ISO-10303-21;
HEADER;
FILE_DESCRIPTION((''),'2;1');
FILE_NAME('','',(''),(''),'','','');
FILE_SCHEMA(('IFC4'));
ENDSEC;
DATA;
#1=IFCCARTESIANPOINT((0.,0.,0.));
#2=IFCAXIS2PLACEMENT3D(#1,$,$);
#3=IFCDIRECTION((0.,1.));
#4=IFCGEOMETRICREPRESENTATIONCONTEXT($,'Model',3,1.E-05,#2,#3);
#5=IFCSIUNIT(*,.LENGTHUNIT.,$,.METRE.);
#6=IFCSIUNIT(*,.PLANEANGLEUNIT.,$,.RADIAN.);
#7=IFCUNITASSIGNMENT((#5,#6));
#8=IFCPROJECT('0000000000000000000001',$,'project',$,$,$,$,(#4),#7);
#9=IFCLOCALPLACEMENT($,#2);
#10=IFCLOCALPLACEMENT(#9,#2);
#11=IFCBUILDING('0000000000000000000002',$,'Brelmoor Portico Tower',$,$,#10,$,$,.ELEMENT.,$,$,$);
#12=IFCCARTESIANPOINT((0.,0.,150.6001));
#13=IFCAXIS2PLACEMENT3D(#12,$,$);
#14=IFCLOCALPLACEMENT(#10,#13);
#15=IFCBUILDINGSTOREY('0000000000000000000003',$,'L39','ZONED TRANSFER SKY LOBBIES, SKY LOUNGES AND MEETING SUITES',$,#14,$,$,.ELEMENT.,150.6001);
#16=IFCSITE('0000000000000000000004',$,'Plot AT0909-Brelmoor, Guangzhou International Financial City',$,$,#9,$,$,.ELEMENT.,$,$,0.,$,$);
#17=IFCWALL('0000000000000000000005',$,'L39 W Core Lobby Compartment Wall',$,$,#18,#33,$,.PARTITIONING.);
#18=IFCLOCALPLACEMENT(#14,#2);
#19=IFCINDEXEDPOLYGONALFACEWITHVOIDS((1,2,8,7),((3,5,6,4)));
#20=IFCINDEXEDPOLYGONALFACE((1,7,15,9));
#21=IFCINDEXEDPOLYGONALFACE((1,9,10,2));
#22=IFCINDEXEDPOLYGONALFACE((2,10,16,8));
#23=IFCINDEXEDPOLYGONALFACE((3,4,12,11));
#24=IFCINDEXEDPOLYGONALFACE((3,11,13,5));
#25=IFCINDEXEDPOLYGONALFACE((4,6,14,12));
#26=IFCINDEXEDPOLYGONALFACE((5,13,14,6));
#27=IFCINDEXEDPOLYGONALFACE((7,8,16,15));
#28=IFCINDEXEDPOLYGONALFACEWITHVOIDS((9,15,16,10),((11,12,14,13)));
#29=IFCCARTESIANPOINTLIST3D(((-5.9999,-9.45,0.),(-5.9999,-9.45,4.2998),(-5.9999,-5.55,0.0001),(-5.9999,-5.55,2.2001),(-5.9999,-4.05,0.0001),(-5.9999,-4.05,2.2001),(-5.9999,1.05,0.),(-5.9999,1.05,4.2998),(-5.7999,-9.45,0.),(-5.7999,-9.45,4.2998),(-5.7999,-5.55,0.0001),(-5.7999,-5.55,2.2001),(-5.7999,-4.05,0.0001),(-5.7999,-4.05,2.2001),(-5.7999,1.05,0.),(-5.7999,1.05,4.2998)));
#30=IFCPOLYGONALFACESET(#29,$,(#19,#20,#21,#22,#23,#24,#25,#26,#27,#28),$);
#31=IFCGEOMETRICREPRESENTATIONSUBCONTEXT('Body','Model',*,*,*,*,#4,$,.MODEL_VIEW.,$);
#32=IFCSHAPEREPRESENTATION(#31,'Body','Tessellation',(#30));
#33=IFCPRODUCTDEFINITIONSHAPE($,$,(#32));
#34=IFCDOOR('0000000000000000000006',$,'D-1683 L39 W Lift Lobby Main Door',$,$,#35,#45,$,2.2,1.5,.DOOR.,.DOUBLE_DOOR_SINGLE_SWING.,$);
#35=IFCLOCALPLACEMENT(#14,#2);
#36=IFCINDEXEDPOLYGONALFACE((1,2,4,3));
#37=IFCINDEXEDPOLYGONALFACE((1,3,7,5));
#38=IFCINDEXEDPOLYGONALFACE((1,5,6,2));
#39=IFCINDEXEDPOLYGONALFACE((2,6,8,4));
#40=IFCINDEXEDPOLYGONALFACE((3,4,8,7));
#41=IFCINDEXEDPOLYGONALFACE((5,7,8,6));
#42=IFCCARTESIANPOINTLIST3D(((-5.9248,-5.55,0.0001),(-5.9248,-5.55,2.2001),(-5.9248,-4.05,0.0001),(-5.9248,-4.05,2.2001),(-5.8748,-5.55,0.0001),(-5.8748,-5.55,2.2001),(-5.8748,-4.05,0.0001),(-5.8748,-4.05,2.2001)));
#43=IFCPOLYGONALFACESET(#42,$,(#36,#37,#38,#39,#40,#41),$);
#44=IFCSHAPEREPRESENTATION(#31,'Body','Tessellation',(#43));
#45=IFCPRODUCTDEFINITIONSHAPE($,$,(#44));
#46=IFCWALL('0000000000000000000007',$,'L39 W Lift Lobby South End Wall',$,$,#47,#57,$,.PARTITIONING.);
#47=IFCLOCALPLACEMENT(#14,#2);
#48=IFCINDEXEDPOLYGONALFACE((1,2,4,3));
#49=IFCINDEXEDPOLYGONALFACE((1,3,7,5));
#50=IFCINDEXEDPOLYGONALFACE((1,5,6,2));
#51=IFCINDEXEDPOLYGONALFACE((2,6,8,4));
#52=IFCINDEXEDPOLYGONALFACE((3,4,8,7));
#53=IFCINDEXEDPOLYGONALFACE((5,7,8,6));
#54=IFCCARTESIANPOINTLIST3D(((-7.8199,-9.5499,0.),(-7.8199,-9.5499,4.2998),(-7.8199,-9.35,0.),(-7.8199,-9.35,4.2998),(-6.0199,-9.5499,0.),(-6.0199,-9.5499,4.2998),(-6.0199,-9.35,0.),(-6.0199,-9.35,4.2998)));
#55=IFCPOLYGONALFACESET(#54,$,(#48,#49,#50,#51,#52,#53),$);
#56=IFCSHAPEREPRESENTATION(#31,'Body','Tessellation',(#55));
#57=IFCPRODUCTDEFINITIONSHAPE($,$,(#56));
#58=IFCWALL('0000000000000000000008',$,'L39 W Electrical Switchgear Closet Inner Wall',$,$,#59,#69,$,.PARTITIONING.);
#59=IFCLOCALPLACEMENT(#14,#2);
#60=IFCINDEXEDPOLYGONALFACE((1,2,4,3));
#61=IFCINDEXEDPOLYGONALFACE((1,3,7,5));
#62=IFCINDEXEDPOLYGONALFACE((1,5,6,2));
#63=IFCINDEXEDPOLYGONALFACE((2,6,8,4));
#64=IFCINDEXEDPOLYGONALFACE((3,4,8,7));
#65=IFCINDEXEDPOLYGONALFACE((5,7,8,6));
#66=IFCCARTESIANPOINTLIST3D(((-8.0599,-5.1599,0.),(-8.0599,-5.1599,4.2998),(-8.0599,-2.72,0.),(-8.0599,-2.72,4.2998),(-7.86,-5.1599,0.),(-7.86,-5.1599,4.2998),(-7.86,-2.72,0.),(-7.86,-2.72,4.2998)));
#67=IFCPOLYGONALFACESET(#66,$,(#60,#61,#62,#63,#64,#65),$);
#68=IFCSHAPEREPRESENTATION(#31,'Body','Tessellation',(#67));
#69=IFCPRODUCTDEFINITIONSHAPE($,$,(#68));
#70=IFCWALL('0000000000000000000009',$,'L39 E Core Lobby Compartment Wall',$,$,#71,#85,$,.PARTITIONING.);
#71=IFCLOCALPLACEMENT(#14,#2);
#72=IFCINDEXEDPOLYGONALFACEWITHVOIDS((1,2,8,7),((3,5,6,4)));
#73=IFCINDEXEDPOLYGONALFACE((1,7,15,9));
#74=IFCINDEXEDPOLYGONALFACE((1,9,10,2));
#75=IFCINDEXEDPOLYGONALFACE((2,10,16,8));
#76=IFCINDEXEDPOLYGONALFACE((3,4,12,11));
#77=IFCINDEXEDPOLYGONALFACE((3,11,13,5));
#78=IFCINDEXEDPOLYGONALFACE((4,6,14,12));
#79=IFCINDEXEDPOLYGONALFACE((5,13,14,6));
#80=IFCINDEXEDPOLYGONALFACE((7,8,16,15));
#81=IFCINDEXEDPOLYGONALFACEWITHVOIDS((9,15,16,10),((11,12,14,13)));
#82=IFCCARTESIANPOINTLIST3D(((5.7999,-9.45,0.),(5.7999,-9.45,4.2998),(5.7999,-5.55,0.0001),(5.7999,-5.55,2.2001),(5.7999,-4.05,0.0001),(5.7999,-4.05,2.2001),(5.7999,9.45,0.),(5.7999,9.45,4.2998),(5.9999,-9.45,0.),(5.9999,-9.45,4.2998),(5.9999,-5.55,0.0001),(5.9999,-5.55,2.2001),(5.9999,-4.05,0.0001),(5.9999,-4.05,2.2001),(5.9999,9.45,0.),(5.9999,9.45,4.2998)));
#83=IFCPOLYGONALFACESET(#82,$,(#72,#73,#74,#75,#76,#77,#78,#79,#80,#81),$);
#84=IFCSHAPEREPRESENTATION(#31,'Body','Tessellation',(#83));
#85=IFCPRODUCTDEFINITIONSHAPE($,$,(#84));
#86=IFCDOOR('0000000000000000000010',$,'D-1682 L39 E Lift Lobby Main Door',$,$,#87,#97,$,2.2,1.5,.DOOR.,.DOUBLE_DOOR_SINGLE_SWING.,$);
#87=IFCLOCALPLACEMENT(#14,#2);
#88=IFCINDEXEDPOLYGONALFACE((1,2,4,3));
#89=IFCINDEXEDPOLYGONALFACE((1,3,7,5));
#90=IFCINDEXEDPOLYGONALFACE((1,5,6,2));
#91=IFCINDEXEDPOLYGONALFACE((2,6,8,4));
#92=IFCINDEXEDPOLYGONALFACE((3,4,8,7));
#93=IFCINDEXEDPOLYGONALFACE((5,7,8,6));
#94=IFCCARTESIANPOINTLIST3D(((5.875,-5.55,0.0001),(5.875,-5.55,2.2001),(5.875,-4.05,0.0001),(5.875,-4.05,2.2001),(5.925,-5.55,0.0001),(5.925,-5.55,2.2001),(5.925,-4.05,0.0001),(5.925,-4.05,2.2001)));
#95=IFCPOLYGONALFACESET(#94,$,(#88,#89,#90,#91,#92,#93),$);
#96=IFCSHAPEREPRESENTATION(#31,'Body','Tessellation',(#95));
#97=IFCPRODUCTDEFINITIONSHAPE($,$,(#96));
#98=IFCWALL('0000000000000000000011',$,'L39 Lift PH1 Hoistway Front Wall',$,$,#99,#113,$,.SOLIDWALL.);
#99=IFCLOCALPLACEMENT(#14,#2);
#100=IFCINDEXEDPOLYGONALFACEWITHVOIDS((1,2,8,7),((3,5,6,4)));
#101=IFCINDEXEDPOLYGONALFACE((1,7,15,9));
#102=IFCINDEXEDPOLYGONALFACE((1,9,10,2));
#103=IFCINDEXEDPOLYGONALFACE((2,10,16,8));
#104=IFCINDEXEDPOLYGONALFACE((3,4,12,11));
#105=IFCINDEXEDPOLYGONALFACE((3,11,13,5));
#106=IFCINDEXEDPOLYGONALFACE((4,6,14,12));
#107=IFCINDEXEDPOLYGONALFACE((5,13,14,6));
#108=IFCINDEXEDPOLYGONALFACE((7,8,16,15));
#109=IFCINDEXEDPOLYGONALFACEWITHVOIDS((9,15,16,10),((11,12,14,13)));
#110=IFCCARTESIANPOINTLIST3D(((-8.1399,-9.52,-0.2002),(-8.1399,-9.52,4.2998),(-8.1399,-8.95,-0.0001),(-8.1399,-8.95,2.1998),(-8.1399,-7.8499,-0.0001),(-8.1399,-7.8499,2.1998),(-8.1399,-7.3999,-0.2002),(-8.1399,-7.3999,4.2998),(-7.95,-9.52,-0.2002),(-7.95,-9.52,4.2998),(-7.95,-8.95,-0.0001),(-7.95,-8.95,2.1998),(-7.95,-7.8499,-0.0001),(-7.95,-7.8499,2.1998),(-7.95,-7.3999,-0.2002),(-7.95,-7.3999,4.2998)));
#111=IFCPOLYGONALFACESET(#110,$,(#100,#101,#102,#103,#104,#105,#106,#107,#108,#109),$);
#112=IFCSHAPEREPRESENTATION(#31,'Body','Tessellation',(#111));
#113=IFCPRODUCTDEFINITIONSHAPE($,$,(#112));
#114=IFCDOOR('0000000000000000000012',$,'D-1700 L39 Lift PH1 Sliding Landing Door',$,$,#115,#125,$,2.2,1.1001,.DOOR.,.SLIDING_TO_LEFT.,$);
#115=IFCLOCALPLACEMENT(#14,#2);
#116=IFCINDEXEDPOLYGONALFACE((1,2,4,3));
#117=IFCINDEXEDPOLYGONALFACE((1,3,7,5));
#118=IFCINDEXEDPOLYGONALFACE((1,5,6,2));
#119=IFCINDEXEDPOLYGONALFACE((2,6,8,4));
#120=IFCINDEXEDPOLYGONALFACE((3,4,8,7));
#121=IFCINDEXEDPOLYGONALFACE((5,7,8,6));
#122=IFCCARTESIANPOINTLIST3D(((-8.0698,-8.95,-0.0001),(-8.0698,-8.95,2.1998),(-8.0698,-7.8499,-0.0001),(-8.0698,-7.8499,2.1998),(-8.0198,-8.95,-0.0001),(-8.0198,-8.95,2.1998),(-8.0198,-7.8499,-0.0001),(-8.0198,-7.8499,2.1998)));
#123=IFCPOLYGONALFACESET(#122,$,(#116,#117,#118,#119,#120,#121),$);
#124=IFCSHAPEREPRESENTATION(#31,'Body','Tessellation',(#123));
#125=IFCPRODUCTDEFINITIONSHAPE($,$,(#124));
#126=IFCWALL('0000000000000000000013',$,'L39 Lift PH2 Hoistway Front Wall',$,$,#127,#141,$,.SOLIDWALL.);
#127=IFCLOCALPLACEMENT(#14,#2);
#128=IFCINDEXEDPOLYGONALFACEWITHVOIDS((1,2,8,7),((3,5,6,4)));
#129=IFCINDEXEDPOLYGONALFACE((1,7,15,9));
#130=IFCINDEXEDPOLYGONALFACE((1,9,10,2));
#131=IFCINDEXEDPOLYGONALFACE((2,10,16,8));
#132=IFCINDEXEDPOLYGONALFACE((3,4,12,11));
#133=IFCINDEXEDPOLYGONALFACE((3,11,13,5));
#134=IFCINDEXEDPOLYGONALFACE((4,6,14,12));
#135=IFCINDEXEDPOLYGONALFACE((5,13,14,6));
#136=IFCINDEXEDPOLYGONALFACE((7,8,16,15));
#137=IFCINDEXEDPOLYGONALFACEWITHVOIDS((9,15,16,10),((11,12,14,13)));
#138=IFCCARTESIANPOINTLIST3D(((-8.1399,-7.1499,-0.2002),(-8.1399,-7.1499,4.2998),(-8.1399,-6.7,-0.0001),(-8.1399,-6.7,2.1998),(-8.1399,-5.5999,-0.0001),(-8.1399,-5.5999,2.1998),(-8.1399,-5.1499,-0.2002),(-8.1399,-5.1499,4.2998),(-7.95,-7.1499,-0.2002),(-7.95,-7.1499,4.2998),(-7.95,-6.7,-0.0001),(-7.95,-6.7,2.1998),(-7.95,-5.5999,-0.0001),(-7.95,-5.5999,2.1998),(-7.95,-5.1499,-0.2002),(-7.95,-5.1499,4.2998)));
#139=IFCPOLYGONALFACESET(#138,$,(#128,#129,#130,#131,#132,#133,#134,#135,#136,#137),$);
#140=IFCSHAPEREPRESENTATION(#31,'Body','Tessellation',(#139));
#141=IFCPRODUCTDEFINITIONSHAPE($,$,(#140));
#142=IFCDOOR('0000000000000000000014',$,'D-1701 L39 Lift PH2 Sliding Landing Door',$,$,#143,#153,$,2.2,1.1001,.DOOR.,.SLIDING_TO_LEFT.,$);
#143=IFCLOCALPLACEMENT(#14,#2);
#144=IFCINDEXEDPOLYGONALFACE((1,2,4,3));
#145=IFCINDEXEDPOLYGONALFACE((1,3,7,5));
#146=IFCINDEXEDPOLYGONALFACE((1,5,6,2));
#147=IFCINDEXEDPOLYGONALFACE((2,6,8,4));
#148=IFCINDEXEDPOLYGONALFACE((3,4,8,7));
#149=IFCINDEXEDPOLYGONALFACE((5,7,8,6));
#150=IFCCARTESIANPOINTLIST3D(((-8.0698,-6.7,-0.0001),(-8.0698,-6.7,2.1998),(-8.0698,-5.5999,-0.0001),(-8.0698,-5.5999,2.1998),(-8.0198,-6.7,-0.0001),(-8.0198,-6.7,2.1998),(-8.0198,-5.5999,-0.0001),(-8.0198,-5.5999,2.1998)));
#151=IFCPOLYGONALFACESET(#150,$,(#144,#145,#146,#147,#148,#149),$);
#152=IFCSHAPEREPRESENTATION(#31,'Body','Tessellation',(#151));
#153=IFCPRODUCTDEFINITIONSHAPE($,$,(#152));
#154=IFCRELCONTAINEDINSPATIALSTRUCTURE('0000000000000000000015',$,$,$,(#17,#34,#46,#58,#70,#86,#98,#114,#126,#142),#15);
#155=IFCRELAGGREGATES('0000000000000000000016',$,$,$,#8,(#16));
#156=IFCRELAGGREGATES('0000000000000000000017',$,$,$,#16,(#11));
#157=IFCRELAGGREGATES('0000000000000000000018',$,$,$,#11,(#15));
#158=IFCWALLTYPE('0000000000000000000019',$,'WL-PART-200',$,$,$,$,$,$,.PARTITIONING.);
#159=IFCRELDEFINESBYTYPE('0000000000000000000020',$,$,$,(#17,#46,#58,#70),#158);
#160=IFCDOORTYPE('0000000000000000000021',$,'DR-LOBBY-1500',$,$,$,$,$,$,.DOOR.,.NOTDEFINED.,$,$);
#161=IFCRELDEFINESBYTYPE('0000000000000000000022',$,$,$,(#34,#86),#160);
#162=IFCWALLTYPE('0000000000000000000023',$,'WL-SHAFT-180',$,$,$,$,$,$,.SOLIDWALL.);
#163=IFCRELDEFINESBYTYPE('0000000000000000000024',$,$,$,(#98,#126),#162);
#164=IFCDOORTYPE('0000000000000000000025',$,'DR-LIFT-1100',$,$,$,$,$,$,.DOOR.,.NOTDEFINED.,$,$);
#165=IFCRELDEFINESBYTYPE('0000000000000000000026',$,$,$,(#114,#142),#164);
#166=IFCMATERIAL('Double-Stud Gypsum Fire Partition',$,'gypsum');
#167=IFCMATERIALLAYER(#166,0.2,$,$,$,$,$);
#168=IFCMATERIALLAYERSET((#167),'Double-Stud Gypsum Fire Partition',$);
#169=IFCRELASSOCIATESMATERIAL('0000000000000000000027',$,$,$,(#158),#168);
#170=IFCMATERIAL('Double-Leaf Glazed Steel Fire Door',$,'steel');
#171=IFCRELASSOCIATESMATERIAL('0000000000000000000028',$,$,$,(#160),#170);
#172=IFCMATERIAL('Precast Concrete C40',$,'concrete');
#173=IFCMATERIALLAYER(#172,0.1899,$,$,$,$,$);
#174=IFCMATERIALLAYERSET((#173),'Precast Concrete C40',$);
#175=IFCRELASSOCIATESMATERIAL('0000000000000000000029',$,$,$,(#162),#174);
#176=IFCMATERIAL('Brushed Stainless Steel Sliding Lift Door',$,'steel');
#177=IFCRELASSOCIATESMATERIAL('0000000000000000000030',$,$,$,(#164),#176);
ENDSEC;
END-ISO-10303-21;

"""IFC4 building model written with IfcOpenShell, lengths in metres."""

from ifc_helpers import new_model, si_unit, direction, frame, frame_2d, origin, place, context, subcontext, project, spatial, rectangle, extrude, material, layer, layer_set, type_object, element, fill, save


model = new_model("IFC4")

# Units and contexts
model_context = context("Model", 3, precision=1e-05, world=origin(), true_north=direction((0.0, 1.0)))
body_context = subcontext(model_context, "Body", "Model", "MODEL_VIEW")
ifc_project = project(units=[si_unit("LENGTHUNIT", "METRE"), si_unit("PLANEANGLEUNIT", "RADIAN")], contexts=[model_context])

# Site, building, storey
site_placement = place(None, origin())
site = spatial("IfcSite", under=ifc_project, at=site_placement, Name="Plot AT0909-Brelmoor, Guangzhou International Financial City", CompositionType="ELEMENT", RefElevation=0.0)
building_placement = place(site_placement, origin())
building = spatial("IfcBuilding", under=site, at=building_placement, Name="Brelmoor Portico Tower", CompositionType="ELEMENT")
storey_placement = place(building_placement, frame((0.0, 0.0, 150.6001)))
storey = spatial("IfcBuildingStorey", under=building, at=storey_placement, Name="L39", Description="ZONED TRANSFER SKY LOBBIES, SKY LOUNGES AND MEETING SUITES", CompositionType="ELEMENT", Elevation=150.6001)

# Wall, opening, door
ifc_material_1 = material(Name="Double-Stud Gypsum Fire Partition", Category="gypsum")
ifc_layer_1 = layer(ifc_material_1, 0.2)
ifc_layer_set_1 = layer_set([ifc_layer_1], Name="Double-Stud Gypsum Fire Partition")
wall_type_1 = type_object("IfcWallType", Name="WL-PART-200", PredefinedType="PARTITIONING", material=ifc_layer_set_1)
wall_1_placement = place(storey_placement, frame((-5.8999, -9.45, 0.0), z_axis=(0.0, 0.0, 1.0), x_axis=(0.0, 1.0, 0.0)))
wall_1 = element("IfcWall", 1, at=wall_1_placement, inside=storey, type_object=wall_type_1, Name="L39 W Core Lobby Compartment Wall", PredefinedType="PARTITIONING", context=body_context, shape_type="SweptSolid", body=[
    extrude(rectangle(XDim=10.5, YDim=0.2, at=frame_2d((5.25, 0.0))), origin(), (0.0, 0.0, 1.0), 4.2998),
])
opening_1_placement = place(wall_1_placement, frame((3.8999, 0.0, 0.0)))
opening_1 = element("IfcOpeningElement", 2, at=opening_1_placement, cuts=wall_1, PredefinedType="OPENING", context=body_context, shape_type="SweptSolid", body=[
    extrude(rectangle(XDim=1.5, YDim=2.2, at=frame_2d((0.75, 1.1001))), frame((0.0, 0.1099, 0.0), z_axis=(0.0, -1.0, 0.0), x_axis=(1.0, 0.0, 0.0)), (0.0, 0.0, 1.0), 0.22),
])
ifc_material_2 = material(Name="Double-Leaf Glazed Steel Fire Door", Category="steel")
door_type_1 = type_object("IfcDoorType", Name="DR-LOBBY-1500", OperationType="NOTDEFINED", PredefinedType="DOOR", material=ifc_material_2)
door_1_placement = place(opening_1_placement, origin())
door_1 = element("IfcDoor", 3, at=door_1_placement, inside=storey, type_object=door_type_1, Name="D-1683 L39 W Lift Lobby Main Door", OperationType="DOUBLE_DOOR_SINGLE_SWING", OverallHeight=2.2, OverallWidth=1.5, PredefinedType="DOOR", context=body_context, shape_type="SweptSolid", body=[
    extrude(rectangle(XDim=1.5, YDim=2.2, at=frame_2d((0.75, 1.1001))), frame((0.0, 0.0249, 0.0), z_axis=(0.0, -1.0, 0.0), x_axis=(1.0, 0.0, 0.0)), (0.0, 0.0, 1.0), 0.05),
])
fill(opening_1, door_1)

# Walls
wall_2_placement = place(storey_placement, frame((-6.02, -9.45, 0.0), z_axis=(0.0, 0.0, 1.0), x_axis=(-1.0, 0.0, 0.0)))
element("IfcWall", 4, at=wall_2_placement, inside=storey, type_object=wall_type_1, Name="L39 W Lift Lobby South End Wall", PredefinedType="PARTITIONING", context=body_context, shape_type="SweptSolid", body=[
    extrude(rectangle(XDim=1.8, YDim=0.2, at=frame_2d((0.8999, 0.0))), origin(), (0.0, 0.0, 1.0), 4.2998),
])
wall_3_placement = place(storey_placement, frame((-7.96, -5.1599, 0.0), z_axis=(0.0, 0.0, 1.0), x_axis=(0.0, 1.0, 0.0)))
element("IfcWall", 5, at=wall_3_placement, inside=storey, type_object=wall_type_1, Name="L39 W Electrical Switchgear Closet Inner Wall", PredefinedType="PARTITIONING", context=body_context, shape_type="SweptSolid", body=[
    extrude(rectangle(XDim=2.4399, YDim=0.2, at=frame_2d((1.22, 0.0))), origin(), (0.0, 0.0, 1.0), 4.2998),
])

# Walls, openings, doors
wall_4_placement = place(storey_placement, frame((5.8999, -9.45, 0.0), z_axis=(0.0, 0.0, 1.0), x_axis=(0.0, 1.0, 0.0)))
wall_4 = element("IfcWall", 6, at=wall_4_placement, inside=storey, type_object=wall_type_1, Name="L39 E Core Lobby Compartment Wall", PredefinedType="PARTITIONING", context=body_context, shape_type="SweptSolid", body=[
    extrude(rectangle(XDim=18.8999, YDim=0.2, at=frame_2d((9.45, 0.0))), origin(), (0.0, 0.0, 1.0), 4.2998),
])
opening_2_placement = place(wall_4_placement, frame((3.8999, 0.0, 0.0)))
opening_2 = element("IfcOpeningElement", 7, at=opening_2_placement, cuts=wall_4, PredefinedType="OPENING", context=body_context, shape_type="SweptSolid", body=[
    extrude(rectangle(XDim=1.5, YDim=2.2, at=frame_2d((0.75, 1.1001))), frame((0.0, 0.1099, 0.0), z_axis=(0.0, -1.0, 0.0), x_axis=(1.0, 0.0, 0.0)), (0.0, 0.0, 1.0), 0.22),
])
door_2_placement = place(opening_2_placement, origin())
door_2 = element("IfcDoor", 8, at=door_2_placement, inside=storey, type_object=door_type_1, Name="D-1682 L39 E Lift Lobby Main Door", OperationType="DOUBLE_DOOR_SINGLE_SWING", OverallHeight=2.2, OverallWidth=1.5, PredefinedType="DOOR", context=body_context, shape_type="SweptSolid", body=[
    extrude(rectangle(XDim=1.5, YDim=2.2, at=frame_2d((0.75, 1.1001))), frame((0.0, 0.0249, 0.0), z_axis=(0.0, -1.0, 0.0), x_axis=(1.0, 0.0, 0.0)), (0.0, 0.0, 1.0), 0.05),
])
fill(opening_2, door_2)
ifc_material_3 = material(Name="Precast Concrete C40", Category="concrete")
ifc_layer_2 = layer(ifc_material_3, 0.1899)
ifc_layer_set_2 = layer_set([ifc_layer_2], Name="Precast Concrete C40")
wall_type_2 = type_object("IfcWallType", Name="WL-SHAFT-180", PredefinedType="SOLIDWALL", material=ifc_layer_set_2)
wall_5_placement = place(storey_placement, frame((-8.0449, -9.52, -0.2002), z_axis=(0.0, 0.0, 1.0), x_axis=(0.0, 1.0, 0.0)))
wall_5 = element("IfcWall", 9, at=wall_5_placement, inside=storey, type_object=wall_type_2, Name="L39 Lift PH1 Hoistway Front Wall", PredefinedType="SOLIDWALL", context=body_context, shape_type="SweptSolid", body=[
    extrude(rectangle(XDim=2.1201, YDim=0.1899, at=frame_2d((1.0601, 0.0))), origin(), (0.0, 0.0, 1.0), 4.5),
])
opening_3_placement = place(wall_5_placement, frame((0.5701, 0.0, 0.2)))
opening_3 = element("IfcOpeningElement", 10, at=opening_3_placement, cuts=wall_5, PredefinedType="OPENING", context=body_context, shape_type="SweptSolid", body=[
    extrude(rectangle(XDim=1.1001, YDim=2.2, at=frame_2d((0.55, 1.1001))), frame((0.0, 0.105, 0.0), z_axis=(0.0, -1.0, 0.0), x_axis=(1.0, 0.0, 0.0)), (0.0, 0.0, 1.0), 0.21),
])
ifc_material_4 = material(Name="Brushed Stainless Steel Sliding Lift Door", Category="steel")
door_type_2 = type_object("IfcDoorType", Name="DR-LIFT-1100", OperationType="NOTDEFINED", PredefinedType="DOOR", material=ifc_material_4)
door_3_placement = place(opening_3_placement, origin())
door_3 = element("IfcDoor", 11, at=door_3_placement, inside=storey, type_object=door_type_2, Name="D-1700 L39 Lift PH1 Sliding Landing Door", OperationType="SLIDING_TO_LEFT", OverallHeight=2.2, OverallWidth=1.1001, PredefinedType="DOOR", context=body_context, shape_type="SweptSolid", body=[
    extrude(rectangle(XDim=1.1001, YDim=2.2, at=frame_2d((0.55, 1.1001))), frame((0.0, 0.0249, 0.0), z_axis=(0.0, -1.0, 0.0), x_axis=(1.0, 0.0, 0.0)), (0.0, 0.0, 1.0), 0.05),
])
fill(opening_3, door_3)
wall_6_placement = place(storey_placement, frame((-8.0449, -7.1499, -0.2002), z_axis=(0.0, 0.0, 1.0), x_axis=(0.0, 1.0, 0.0)))
wall_6 = element("IfcWall", 12, at=wall_6_placement, inside=storey, type_object=wall_type_2, Name="L39 Lift PH2 Hoistway Front Wall", PredefinedType="SOLIDWALL", context=body_context, shape_type="SweptSolid", body=[
    extrude(rectangle(XDim=2.0, YDim=0.1899, at=frame_2d((1.0, 0.0))), origin(), (0.0, 0.0, 1.0), 4.5),
])
opening_4_placement = place(wall_6_placement, frame((0.45, 0.0, 0.2)))
opening_4 = element("IfcOpeningElement", 13, at=opening_4_placement, cuts=wall_6, PredefinedType="OPENING", context=body_context, shape_type="SweptSolid", body=[
    extrude(rectangle(XDim=1.1001, YDim=2.2, at=frame_2d((0.55, 1.1001))), frame((0.0, 0.105, 0.0), z_axis=(0.0, -1.0, 0.0), x_axis=(1.0, 0.0, 0.0)), (0.0, 0.0, 1.0), 0.21),
])
door_4_placement = place(opening_4_placement, origin())
door_4 = element("IfcDoor", 14, at=door_4_placement, inside=storey, type_object=door_type_2, Name="D-1701 L39 Lift PH2 Sliding Landing Door", OperationType="SLIDING_TO_LEFT", OverallHeight=2.2, OverallWidth=1.1001, PredefinedType="DOOR", context=body_context, shape_type="SweptSolid", body=[
    extrude(rectangle(XDim=1.1001, YDim=2.2, at=frame_2d((0.55, 1.1001))), frame((0.0, 0.0249, 0.0), z_axis=(0.0, -1.0, 0.0), x_axis=(1.0, 0.0, 0.0)), (0.0, 0.0, 1.0), 0.05),
])
fill(opening_4, door_4)

save(model, "model.ifc")
